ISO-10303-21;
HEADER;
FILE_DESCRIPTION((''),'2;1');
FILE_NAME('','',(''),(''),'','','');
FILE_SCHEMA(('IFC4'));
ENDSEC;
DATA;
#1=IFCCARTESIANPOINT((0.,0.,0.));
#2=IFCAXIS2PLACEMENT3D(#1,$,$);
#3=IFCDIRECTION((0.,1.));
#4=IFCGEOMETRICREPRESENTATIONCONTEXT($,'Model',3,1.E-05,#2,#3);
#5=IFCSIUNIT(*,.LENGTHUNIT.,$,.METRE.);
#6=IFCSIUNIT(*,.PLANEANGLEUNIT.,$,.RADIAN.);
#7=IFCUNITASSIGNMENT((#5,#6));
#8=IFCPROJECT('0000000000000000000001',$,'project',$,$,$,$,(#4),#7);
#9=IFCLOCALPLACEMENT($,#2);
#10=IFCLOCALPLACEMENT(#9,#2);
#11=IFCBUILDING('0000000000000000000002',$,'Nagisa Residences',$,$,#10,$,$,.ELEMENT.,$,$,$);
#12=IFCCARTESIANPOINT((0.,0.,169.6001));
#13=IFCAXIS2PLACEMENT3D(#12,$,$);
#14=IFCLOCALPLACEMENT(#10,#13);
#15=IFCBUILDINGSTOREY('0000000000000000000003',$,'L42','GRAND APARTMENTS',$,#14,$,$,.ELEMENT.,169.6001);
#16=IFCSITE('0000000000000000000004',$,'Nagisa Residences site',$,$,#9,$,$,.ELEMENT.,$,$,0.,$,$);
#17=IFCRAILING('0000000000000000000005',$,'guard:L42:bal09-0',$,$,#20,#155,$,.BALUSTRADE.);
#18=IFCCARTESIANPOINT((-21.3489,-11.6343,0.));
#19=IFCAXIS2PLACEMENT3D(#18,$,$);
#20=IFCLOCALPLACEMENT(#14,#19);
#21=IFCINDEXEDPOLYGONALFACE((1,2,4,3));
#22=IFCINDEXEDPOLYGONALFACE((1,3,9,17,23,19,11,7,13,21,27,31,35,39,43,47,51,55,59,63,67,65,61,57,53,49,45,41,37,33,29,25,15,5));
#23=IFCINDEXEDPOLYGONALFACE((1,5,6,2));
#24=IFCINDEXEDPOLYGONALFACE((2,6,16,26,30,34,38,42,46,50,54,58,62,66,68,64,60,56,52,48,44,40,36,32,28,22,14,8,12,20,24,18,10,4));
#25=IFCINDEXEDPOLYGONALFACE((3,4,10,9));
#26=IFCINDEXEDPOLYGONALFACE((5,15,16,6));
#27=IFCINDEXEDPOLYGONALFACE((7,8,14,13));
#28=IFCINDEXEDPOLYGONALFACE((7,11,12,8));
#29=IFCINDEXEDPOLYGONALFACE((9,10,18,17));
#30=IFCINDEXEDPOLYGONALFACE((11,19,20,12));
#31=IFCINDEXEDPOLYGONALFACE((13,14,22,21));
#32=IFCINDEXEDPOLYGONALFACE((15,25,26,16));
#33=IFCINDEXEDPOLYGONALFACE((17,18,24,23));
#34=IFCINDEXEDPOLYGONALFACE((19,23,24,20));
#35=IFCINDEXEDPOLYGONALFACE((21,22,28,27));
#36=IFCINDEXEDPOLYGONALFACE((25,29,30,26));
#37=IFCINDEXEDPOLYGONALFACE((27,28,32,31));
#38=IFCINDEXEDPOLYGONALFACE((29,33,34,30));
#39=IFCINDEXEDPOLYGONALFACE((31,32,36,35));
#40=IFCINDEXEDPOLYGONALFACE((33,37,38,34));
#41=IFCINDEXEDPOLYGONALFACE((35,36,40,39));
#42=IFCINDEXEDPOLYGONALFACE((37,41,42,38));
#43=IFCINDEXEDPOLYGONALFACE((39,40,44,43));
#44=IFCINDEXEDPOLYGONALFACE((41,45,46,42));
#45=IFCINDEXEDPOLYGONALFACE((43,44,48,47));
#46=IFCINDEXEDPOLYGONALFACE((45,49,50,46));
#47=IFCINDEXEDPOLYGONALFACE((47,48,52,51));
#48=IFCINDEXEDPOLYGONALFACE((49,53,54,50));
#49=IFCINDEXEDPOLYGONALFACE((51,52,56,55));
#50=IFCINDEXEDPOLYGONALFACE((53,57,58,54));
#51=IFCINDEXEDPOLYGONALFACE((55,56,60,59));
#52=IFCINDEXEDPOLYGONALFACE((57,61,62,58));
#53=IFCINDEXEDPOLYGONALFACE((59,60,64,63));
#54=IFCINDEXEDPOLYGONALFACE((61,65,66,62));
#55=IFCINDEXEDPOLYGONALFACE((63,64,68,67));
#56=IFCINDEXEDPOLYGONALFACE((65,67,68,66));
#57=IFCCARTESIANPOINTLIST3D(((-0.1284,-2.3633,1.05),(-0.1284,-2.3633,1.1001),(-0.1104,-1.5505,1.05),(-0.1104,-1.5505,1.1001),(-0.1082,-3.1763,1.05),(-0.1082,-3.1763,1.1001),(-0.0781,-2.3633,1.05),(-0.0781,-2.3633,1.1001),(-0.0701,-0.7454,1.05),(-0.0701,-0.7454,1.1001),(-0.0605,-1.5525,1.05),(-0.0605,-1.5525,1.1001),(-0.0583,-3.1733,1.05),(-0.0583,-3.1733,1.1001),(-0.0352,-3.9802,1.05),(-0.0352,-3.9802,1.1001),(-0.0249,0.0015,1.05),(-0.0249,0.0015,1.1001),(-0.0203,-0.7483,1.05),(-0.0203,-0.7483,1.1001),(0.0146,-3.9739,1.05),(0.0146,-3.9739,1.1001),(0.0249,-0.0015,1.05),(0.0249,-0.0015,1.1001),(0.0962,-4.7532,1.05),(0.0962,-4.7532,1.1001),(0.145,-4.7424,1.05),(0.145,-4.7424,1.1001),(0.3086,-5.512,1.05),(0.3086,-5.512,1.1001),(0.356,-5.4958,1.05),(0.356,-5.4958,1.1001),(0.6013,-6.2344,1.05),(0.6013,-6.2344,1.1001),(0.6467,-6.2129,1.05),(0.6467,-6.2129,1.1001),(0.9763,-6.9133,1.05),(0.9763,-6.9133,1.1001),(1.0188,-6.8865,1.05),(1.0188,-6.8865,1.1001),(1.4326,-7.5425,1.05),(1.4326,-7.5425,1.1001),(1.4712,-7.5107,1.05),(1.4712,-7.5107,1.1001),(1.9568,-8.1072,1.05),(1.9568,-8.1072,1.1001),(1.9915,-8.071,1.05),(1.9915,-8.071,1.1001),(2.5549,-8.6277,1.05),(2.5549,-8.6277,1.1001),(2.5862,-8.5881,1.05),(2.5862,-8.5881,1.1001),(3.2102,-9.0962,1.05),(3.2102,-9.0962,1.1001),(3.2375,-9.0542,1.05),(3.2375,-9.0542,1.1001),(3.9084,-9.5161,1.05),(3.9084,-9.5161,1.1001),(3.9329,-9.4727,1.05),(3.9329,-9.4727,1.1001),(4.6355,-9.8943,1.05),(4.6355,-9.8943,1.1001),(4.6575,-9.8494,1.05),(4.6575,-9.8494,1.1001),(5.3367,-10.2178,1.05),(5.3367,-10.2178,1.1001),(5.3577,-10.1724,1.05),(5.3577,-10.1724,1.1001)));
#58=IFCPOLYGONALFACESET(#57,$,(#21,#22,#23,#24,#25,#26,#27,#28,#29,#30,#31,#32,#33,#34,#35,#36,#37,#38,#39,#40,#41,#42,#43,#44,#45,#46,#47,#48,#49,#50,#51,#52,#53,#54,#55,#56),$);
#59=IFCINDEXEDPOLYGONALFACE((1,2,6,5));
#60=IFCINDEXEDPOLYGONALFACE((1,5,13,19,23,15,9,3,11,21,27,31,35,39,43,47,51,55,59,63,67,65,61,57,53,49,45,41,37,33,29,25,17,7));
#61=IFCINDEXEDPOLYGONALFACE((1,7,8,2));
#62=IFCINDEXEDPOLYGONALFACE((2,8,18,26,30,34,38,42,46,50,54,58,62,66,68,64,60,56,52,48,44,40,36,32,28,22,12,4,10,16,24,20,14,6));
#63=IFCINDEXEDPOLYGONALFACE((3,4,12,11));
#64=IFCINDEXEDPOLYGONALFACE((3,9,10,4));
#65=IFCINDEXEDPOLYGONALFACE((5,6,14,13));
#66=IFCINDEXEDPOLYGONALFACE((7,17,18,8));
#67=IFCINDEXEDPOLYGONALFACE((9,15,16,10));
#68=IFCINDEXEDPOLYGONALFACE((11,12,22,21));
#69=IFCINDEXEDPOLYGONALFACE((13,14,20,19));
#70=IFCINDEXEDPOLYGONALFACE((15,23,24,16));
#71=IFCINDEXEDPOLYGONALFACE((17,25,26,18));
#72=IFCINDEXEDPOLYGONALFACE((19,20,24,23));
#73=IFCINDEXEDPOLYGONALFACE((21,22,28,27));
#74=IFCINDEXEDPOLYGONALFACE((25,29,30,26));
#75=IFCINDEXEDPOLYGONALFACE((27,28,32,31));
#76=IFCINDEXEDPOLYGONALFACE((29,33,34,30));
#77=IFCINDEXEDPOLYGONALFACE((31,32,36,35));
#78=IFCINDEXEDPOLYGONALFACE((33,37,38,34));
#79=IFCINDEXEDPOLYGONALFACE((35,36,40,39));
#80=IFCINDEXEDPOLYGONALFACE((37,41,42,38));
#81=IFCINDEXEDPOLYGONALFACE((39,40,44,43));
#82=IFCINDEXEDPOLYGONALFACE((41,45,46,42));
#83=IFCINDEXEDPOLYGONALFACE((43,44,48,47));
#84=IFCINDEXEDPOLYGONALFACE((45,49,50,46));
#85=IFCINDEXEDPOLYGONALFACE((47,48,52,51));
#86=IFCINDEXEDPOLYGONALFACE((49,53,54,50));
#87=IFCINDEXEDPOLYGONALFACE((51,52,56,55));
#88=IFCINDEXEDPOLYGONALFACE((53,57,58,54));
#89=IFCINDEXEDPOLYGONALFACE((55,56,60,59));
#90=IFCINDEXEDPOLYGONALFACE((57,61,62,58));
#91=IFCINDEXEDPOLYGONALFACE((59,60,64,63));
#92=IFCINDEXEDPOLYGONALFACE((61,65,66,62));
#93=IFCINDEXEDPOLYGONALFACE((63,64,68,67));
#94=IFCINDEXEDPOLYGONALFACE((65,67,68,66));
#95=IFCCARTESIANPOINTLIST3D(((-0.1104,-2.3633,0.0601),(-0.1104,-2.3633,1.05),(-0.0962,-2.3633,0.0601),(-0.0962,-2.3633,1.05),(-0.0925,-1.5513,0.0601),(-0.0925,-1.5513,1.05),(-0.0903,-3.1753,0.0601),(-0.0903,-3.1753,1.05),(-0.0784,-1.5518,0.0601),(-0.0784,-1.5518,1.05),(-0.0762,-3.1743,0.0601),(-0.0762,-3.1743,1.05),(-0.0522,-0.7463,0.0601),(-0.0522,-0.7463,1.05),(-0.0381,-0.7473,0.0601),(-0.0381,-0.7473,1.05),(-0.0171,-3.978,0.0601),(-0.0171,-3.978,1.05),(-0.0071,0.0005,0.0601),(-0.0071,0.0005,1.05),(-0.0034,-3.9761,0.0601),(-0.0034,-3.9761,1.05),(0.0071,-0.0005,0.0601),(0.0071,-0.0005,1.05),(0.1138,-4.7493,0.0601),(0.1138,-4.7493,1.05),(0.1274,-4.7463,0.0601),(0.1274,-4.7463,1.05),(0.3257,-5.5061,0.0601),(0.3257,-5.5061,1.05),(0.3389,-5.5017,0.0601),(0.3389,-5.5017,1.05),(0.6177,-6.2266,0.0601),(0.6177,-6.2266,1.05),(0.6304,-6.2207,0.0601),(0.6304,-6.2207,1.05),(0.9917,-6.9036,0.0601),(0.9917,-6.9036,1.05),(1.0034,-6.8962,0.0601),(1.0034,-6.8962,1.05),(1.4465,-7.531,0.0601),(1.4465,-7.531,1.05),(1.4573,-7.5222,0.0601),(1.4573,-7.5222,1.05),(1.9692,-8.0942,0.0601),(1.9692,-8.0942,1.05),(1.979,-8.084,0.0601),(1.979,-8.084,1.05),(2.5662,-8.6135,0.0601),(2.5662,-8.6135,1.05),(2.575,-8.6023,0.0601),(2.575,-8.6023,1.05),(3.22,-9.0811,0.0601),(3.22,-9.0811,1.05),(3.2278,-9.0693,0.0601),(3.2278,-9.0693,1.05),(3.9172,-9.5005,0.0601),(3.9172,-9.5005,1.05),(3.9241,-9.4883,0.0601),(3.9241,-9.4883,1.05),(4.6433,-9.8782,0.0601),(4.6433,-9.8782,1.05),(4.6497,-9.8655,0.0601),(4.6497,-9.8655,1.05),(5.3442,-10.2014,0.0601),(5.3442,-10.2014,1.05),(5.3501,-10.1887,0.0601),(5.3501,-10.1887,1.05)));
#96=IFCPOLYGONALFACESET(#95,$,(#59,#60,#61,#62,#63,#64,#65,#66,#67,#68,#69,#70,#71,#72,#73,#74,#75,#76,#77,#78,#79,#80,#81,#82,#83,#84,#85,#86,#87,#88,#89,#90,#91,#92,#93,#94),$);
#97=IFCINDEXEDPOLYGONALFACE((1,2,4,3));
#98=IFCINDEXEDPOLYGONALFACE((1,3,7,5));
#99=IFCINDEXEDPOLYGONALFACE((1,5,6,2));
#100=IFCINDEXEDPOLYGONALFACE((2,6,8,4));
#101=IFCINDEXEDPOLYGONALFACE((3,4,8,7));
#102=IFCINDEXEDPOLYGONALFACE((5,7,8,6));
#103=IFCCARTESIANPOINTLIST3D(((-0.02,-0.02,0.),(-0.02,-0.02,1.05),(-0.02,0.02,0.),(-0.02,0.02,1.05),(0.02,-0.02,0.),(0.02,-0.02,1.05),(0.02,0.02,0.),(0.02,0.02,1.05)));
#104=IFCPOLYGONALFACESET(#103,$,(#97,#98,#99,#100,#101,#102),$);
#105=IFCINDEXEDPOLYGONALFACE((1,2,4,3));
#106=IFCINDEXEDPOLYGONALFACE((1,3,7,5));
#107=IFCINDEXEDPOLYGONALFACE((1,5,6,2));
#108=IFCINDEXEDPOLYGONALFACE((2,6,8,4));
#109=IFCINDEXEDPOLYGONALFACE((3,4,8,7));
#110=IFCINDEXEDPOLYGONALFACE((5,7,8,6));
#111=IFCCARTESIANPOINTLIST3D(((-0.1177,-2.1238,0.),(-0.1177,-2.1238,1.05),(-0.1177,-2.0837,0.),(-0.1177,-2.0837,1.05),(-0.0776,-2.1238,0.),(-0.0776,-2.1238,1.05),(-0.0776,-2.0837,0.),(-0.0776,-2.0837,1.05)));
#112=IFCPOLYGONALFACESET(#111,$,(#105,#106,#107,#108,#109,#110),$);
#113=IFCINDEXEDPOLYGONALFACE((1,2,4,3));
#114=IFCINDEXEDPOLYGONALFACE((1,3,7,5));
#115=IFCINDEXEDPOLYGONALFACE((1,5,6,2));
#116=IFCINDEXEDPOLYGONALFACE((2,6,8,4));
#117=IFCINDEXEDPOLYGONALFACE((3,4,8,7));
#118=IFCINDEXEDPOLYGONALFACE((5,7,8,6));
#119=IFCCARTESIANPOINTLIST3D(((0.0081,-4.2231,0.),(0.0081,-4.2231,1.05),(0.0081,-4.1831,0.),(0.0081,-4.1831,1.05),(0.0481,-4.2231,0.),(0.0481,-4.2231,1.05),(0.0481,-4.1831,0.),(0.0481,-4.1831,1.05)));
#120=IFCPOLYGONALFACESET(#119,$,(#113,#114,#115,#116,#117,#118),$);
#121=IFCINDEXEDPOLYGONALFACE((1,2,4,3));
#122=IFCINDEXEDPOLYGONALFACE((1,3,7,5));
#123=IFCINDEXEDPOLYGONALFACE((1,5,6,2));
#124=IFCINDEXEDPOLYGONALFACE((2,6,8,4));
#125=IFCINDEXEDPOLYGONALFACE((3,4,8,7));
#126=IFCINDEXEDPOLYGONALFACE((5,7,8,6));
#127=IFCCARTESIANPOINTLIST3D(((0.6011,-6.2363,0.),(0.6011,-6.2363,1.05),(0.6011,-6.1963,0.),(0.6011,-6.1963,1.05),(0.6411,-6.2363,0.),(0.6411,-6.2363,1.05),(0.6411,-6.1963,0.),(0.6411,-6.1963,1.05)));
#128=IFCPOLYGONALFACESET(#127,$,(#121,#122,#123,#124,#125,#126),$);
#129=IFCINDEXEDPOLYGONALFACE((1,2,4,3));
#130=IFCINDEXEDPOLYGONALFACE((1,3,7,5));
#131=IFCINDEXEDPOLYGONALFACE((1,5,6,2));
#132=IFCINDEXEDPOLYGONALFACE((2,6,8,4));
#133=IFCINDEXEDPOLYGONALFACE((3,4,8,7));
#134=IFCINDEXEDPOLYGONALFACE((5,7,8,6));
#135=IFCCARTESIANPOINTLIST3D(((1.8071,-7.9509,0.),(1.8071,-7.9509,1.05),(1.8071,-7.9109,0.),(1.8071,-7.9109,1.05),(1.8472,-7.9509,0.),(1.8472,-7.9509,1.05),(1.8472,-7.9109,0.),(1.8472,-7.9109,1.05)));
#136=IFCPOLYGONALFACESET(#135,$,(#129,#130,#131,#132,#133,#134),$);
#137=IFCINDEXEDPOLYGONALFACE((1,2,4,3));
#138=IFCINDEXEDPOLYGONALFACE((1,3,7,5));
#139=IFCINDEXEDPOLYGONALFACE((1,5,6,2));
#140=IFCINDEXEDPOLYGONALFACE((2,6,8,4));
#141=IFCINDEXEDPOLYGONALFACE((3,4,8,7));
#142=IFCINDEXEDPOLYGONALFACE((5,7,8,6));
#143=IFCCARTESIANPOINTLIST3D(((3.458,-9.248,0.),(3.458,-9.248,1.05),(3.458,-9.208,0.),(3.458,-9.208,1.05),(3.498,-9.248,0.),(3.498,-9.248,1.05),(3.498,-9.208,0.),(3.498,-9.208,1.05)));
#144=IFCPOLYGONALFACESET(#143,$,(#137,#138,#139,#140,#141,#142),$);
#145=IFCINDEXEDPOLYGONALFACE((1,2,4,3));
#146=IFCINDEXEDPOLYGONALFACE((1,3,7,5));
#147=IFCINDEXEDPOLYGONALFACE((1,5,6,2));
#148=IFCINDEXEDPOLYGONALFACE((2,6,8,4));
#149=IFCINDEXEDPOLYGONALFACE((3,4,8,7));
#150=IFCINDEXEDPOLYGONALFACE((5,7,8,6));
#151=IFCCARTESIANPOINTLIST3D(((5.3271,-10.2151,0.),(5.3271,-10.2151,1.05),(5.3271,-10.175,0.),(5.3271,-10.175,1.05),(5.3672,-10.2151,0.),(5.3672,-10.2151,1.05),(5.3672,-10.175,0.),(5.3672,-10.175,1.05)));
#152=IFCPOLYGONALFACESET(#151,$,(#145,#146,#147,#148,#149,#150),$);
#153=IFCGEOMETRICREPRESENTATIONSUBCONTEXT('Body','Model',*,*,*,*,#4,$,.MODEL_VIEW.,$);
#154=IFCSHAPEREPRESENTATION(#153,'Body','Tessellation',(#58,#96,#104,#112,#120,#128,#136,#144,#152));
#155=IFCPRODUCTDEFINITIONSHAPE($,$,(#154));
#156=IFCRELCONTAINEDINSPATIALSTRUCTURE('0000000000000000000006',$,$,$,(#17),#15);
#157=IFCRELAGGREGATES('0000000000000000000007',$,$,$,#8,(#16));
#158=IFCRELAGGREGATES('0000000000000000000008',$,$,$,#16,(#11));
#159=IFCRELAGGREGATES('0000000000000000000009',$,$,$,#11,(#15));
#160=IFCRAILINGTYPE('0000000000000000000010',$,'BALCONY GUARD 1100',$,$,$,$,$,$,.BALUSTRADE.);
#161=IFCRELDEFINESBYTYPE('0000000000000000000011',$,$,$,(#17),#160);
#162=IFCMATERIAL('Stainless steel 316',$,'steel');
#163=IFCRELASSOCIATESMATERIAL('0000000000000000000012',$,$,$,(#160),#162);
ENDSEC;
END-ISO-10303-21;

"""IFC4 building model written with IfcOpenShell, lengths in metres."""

from ifc_helpers import new_model, si_unit, direction, frame, origin, origin_2d, place, context, subcontext, project, spatial, polyline, rectangle, outline, extrude, material, type_object, element, save


model = new_model("IFC4")

# Units and contexts
model_context = context("Model", 3, precision=1e-05, world=origin(), true_north=direction((0.0, 1.0)))
body_context = subcontext(model_context, "Body", "Model", "MODEL_VIEW")
ifc_project = project(units=[si_unit("LENGTHUNIT", "METRE"), si_unit("PLANEANGLEUNIT", "RADIAN")], contexts=[model_context])

# Site, building, storey
site_placement = place(None, origin())
site = spatial("IfcSite", under=ifc_project, at=site_placement, Name="Nagisa Residences site", CompositionType="ELEMENT", RefElevation=0.0)
building_placement = place(site_placement, origin())
building = spatial("IfcBuilding", under=site, at=building_placement, Name="Nagisa Residences", CompositionType="ELEMENT")
storey_placement = place(building_placement, frame((0.0, 0.0, 169.6001)))
storey = spatial("IfcBuildingStorey", under=building, at=storey_placement, Name="L42", Description="GRAND APARTMENTS", CompositionType="ELEMENT", Elevation=169.6001)

# Railing
ifc_material_1 = material(Name="Stainless steel 316", Category="steel")
railing_type = type_object("IfcRailingType", Name="BALCONY GUARD 1100", PredefinedType="BALUSTRADE", material=ifc_material_1)
railing_1_placement = place(storey_placement, frame((-21.3489, -11.6343, 0.0)))
element("IfcRailing", 1, at=railing_1_placement, inside=storey, type_object=railing_type, Name="guard:L42:bal09-0", PredefinedType="BALUSTRADE", context=body_context, shape_type="SweptSolid", body=[
    extrude(outline(polyline([(-0.0203, -0.7483), (0.0249, -0.0015), (-0.0249, 0.0015), (-0.0701, -0.7454), (-0.1104, -1.5505), (-0.1284, -2.3633), (-0.1082, -3.1763), (-0.0352, -3.9802), (0.0962, -4.7532), (0.3086, -5.512), (0.6013, -6.2344), (0.9763, -6.9133), (1.4326, -7.5425), (1.9568, -8.1072), (2.5549, -8.6277), (3.2102, -9.0962), (3.9084, -9.5161), (4.6355, -9.8943), (5.3367, -10.2178), (5.3577, -10.1724), (4.6575, -9.8494), (3.9329, -9.4727), (3.2375, -9.0542), (2.5862, -8.5881), (1.9915, -8.071), (1.4712, -7.5107), (1.0188, -6.8865), (0.6467, -6.2129), (0.356, -5.4958), (0.145, -4.7424), (0.0146, -3.9739), (-0.0583, -3.1733), (-0.0781, -2.3633), (-0.0605, -1.5525), (-0.0203, -0.7483)])), frame((0.0, 0.0, 1.05)), (0.0, 0.0, 1.0), 0.05),
    extrude(outline(polyline([(-0.0381, -0.7473), (0.0071, -0.0005), (-0.0071, 0.0005), (-0.0522, -0.7463), (-0.0925, -1.5513), (-0.1104, -2.3633), (-0.0903, -3.1753), (-0.0171, -3.978), (0.1138, -4.7493), (0.3257, -5.5061), (0.6177, -6.2266), (0.9917, -6.9036), (1.4465, -7.531), (1.9692, -8.0942), (2.5662, -8.6135), (3.22, -9.0811), (3.9172, -9.5005), (4.6433, -9.8782), (5.3442, -10.2014), (5.3501, -10.1887), (4.6497, -9.8655), (3.9241, -9.4883), (3.2278, -9.0693), (2.575, -8.6023), (1.979, -8.084), (1.4573, -7.5222), (1.0034, -6.8962), (0.6304, -6.2207), (0.3389, -5.5017), (0.1274, -4.7463), (-0.0034, -3.9761), (-0.0762, -3.1743), (-0.0962, -2.3633), (-0.0784, -1.5518), (-0.0381, -0.7473)])), frame((0.0, 0.0, 0.0601)), (0.0, 0.0, 1.0), 0.99),
    extrude(rectangle(XDim=0.04, YDim=0.04, at=origin_2d()), origin(), (0.0, 0.0, 1.0), 1.05),
    extrude(rectangle(XDim=0.04, YDim=0.04, at=origin_2d()), frame((-0.0977, -2.1038, 0.0)), (0.0, 0.0, 1.0), 1.05),
    extrude(rectangle(XDim=0.04, YDim=0.04, at=origin_2d()), frame((0.0281, -4.2031, 0.0)), (0.0, 0.0, 1.0), 1.05),
    extrude(rectangle(XDim=0.04, YDim=0.04, at=origin_2d()), frame((0.6211, -6.2163, 0.0)), (0.0, 0.0, 1.0), 1.05),
    extrude(rectangle(XDim=0.04, YDim=0.04, at=origin_2d()), frame((1.8271, -7.9309, 0.0)), (0.0, 0.0, 1.0), 1.05),
    extrude(rectangle(XDim=0.04, YDim=0.04, at=origin_2d()), frame((3.478, -9.228, 0.0)), (0.0, 0.0, 1.0), 1.05),
    extrude(rectangle(XDim=0.04, YDim=0.04, at=origin_2d()), frame((5.3472, -10.1951, 0.0)), (0.0, 0.0, 1.0), 1.05),
])

save(model, "model.ifc")
